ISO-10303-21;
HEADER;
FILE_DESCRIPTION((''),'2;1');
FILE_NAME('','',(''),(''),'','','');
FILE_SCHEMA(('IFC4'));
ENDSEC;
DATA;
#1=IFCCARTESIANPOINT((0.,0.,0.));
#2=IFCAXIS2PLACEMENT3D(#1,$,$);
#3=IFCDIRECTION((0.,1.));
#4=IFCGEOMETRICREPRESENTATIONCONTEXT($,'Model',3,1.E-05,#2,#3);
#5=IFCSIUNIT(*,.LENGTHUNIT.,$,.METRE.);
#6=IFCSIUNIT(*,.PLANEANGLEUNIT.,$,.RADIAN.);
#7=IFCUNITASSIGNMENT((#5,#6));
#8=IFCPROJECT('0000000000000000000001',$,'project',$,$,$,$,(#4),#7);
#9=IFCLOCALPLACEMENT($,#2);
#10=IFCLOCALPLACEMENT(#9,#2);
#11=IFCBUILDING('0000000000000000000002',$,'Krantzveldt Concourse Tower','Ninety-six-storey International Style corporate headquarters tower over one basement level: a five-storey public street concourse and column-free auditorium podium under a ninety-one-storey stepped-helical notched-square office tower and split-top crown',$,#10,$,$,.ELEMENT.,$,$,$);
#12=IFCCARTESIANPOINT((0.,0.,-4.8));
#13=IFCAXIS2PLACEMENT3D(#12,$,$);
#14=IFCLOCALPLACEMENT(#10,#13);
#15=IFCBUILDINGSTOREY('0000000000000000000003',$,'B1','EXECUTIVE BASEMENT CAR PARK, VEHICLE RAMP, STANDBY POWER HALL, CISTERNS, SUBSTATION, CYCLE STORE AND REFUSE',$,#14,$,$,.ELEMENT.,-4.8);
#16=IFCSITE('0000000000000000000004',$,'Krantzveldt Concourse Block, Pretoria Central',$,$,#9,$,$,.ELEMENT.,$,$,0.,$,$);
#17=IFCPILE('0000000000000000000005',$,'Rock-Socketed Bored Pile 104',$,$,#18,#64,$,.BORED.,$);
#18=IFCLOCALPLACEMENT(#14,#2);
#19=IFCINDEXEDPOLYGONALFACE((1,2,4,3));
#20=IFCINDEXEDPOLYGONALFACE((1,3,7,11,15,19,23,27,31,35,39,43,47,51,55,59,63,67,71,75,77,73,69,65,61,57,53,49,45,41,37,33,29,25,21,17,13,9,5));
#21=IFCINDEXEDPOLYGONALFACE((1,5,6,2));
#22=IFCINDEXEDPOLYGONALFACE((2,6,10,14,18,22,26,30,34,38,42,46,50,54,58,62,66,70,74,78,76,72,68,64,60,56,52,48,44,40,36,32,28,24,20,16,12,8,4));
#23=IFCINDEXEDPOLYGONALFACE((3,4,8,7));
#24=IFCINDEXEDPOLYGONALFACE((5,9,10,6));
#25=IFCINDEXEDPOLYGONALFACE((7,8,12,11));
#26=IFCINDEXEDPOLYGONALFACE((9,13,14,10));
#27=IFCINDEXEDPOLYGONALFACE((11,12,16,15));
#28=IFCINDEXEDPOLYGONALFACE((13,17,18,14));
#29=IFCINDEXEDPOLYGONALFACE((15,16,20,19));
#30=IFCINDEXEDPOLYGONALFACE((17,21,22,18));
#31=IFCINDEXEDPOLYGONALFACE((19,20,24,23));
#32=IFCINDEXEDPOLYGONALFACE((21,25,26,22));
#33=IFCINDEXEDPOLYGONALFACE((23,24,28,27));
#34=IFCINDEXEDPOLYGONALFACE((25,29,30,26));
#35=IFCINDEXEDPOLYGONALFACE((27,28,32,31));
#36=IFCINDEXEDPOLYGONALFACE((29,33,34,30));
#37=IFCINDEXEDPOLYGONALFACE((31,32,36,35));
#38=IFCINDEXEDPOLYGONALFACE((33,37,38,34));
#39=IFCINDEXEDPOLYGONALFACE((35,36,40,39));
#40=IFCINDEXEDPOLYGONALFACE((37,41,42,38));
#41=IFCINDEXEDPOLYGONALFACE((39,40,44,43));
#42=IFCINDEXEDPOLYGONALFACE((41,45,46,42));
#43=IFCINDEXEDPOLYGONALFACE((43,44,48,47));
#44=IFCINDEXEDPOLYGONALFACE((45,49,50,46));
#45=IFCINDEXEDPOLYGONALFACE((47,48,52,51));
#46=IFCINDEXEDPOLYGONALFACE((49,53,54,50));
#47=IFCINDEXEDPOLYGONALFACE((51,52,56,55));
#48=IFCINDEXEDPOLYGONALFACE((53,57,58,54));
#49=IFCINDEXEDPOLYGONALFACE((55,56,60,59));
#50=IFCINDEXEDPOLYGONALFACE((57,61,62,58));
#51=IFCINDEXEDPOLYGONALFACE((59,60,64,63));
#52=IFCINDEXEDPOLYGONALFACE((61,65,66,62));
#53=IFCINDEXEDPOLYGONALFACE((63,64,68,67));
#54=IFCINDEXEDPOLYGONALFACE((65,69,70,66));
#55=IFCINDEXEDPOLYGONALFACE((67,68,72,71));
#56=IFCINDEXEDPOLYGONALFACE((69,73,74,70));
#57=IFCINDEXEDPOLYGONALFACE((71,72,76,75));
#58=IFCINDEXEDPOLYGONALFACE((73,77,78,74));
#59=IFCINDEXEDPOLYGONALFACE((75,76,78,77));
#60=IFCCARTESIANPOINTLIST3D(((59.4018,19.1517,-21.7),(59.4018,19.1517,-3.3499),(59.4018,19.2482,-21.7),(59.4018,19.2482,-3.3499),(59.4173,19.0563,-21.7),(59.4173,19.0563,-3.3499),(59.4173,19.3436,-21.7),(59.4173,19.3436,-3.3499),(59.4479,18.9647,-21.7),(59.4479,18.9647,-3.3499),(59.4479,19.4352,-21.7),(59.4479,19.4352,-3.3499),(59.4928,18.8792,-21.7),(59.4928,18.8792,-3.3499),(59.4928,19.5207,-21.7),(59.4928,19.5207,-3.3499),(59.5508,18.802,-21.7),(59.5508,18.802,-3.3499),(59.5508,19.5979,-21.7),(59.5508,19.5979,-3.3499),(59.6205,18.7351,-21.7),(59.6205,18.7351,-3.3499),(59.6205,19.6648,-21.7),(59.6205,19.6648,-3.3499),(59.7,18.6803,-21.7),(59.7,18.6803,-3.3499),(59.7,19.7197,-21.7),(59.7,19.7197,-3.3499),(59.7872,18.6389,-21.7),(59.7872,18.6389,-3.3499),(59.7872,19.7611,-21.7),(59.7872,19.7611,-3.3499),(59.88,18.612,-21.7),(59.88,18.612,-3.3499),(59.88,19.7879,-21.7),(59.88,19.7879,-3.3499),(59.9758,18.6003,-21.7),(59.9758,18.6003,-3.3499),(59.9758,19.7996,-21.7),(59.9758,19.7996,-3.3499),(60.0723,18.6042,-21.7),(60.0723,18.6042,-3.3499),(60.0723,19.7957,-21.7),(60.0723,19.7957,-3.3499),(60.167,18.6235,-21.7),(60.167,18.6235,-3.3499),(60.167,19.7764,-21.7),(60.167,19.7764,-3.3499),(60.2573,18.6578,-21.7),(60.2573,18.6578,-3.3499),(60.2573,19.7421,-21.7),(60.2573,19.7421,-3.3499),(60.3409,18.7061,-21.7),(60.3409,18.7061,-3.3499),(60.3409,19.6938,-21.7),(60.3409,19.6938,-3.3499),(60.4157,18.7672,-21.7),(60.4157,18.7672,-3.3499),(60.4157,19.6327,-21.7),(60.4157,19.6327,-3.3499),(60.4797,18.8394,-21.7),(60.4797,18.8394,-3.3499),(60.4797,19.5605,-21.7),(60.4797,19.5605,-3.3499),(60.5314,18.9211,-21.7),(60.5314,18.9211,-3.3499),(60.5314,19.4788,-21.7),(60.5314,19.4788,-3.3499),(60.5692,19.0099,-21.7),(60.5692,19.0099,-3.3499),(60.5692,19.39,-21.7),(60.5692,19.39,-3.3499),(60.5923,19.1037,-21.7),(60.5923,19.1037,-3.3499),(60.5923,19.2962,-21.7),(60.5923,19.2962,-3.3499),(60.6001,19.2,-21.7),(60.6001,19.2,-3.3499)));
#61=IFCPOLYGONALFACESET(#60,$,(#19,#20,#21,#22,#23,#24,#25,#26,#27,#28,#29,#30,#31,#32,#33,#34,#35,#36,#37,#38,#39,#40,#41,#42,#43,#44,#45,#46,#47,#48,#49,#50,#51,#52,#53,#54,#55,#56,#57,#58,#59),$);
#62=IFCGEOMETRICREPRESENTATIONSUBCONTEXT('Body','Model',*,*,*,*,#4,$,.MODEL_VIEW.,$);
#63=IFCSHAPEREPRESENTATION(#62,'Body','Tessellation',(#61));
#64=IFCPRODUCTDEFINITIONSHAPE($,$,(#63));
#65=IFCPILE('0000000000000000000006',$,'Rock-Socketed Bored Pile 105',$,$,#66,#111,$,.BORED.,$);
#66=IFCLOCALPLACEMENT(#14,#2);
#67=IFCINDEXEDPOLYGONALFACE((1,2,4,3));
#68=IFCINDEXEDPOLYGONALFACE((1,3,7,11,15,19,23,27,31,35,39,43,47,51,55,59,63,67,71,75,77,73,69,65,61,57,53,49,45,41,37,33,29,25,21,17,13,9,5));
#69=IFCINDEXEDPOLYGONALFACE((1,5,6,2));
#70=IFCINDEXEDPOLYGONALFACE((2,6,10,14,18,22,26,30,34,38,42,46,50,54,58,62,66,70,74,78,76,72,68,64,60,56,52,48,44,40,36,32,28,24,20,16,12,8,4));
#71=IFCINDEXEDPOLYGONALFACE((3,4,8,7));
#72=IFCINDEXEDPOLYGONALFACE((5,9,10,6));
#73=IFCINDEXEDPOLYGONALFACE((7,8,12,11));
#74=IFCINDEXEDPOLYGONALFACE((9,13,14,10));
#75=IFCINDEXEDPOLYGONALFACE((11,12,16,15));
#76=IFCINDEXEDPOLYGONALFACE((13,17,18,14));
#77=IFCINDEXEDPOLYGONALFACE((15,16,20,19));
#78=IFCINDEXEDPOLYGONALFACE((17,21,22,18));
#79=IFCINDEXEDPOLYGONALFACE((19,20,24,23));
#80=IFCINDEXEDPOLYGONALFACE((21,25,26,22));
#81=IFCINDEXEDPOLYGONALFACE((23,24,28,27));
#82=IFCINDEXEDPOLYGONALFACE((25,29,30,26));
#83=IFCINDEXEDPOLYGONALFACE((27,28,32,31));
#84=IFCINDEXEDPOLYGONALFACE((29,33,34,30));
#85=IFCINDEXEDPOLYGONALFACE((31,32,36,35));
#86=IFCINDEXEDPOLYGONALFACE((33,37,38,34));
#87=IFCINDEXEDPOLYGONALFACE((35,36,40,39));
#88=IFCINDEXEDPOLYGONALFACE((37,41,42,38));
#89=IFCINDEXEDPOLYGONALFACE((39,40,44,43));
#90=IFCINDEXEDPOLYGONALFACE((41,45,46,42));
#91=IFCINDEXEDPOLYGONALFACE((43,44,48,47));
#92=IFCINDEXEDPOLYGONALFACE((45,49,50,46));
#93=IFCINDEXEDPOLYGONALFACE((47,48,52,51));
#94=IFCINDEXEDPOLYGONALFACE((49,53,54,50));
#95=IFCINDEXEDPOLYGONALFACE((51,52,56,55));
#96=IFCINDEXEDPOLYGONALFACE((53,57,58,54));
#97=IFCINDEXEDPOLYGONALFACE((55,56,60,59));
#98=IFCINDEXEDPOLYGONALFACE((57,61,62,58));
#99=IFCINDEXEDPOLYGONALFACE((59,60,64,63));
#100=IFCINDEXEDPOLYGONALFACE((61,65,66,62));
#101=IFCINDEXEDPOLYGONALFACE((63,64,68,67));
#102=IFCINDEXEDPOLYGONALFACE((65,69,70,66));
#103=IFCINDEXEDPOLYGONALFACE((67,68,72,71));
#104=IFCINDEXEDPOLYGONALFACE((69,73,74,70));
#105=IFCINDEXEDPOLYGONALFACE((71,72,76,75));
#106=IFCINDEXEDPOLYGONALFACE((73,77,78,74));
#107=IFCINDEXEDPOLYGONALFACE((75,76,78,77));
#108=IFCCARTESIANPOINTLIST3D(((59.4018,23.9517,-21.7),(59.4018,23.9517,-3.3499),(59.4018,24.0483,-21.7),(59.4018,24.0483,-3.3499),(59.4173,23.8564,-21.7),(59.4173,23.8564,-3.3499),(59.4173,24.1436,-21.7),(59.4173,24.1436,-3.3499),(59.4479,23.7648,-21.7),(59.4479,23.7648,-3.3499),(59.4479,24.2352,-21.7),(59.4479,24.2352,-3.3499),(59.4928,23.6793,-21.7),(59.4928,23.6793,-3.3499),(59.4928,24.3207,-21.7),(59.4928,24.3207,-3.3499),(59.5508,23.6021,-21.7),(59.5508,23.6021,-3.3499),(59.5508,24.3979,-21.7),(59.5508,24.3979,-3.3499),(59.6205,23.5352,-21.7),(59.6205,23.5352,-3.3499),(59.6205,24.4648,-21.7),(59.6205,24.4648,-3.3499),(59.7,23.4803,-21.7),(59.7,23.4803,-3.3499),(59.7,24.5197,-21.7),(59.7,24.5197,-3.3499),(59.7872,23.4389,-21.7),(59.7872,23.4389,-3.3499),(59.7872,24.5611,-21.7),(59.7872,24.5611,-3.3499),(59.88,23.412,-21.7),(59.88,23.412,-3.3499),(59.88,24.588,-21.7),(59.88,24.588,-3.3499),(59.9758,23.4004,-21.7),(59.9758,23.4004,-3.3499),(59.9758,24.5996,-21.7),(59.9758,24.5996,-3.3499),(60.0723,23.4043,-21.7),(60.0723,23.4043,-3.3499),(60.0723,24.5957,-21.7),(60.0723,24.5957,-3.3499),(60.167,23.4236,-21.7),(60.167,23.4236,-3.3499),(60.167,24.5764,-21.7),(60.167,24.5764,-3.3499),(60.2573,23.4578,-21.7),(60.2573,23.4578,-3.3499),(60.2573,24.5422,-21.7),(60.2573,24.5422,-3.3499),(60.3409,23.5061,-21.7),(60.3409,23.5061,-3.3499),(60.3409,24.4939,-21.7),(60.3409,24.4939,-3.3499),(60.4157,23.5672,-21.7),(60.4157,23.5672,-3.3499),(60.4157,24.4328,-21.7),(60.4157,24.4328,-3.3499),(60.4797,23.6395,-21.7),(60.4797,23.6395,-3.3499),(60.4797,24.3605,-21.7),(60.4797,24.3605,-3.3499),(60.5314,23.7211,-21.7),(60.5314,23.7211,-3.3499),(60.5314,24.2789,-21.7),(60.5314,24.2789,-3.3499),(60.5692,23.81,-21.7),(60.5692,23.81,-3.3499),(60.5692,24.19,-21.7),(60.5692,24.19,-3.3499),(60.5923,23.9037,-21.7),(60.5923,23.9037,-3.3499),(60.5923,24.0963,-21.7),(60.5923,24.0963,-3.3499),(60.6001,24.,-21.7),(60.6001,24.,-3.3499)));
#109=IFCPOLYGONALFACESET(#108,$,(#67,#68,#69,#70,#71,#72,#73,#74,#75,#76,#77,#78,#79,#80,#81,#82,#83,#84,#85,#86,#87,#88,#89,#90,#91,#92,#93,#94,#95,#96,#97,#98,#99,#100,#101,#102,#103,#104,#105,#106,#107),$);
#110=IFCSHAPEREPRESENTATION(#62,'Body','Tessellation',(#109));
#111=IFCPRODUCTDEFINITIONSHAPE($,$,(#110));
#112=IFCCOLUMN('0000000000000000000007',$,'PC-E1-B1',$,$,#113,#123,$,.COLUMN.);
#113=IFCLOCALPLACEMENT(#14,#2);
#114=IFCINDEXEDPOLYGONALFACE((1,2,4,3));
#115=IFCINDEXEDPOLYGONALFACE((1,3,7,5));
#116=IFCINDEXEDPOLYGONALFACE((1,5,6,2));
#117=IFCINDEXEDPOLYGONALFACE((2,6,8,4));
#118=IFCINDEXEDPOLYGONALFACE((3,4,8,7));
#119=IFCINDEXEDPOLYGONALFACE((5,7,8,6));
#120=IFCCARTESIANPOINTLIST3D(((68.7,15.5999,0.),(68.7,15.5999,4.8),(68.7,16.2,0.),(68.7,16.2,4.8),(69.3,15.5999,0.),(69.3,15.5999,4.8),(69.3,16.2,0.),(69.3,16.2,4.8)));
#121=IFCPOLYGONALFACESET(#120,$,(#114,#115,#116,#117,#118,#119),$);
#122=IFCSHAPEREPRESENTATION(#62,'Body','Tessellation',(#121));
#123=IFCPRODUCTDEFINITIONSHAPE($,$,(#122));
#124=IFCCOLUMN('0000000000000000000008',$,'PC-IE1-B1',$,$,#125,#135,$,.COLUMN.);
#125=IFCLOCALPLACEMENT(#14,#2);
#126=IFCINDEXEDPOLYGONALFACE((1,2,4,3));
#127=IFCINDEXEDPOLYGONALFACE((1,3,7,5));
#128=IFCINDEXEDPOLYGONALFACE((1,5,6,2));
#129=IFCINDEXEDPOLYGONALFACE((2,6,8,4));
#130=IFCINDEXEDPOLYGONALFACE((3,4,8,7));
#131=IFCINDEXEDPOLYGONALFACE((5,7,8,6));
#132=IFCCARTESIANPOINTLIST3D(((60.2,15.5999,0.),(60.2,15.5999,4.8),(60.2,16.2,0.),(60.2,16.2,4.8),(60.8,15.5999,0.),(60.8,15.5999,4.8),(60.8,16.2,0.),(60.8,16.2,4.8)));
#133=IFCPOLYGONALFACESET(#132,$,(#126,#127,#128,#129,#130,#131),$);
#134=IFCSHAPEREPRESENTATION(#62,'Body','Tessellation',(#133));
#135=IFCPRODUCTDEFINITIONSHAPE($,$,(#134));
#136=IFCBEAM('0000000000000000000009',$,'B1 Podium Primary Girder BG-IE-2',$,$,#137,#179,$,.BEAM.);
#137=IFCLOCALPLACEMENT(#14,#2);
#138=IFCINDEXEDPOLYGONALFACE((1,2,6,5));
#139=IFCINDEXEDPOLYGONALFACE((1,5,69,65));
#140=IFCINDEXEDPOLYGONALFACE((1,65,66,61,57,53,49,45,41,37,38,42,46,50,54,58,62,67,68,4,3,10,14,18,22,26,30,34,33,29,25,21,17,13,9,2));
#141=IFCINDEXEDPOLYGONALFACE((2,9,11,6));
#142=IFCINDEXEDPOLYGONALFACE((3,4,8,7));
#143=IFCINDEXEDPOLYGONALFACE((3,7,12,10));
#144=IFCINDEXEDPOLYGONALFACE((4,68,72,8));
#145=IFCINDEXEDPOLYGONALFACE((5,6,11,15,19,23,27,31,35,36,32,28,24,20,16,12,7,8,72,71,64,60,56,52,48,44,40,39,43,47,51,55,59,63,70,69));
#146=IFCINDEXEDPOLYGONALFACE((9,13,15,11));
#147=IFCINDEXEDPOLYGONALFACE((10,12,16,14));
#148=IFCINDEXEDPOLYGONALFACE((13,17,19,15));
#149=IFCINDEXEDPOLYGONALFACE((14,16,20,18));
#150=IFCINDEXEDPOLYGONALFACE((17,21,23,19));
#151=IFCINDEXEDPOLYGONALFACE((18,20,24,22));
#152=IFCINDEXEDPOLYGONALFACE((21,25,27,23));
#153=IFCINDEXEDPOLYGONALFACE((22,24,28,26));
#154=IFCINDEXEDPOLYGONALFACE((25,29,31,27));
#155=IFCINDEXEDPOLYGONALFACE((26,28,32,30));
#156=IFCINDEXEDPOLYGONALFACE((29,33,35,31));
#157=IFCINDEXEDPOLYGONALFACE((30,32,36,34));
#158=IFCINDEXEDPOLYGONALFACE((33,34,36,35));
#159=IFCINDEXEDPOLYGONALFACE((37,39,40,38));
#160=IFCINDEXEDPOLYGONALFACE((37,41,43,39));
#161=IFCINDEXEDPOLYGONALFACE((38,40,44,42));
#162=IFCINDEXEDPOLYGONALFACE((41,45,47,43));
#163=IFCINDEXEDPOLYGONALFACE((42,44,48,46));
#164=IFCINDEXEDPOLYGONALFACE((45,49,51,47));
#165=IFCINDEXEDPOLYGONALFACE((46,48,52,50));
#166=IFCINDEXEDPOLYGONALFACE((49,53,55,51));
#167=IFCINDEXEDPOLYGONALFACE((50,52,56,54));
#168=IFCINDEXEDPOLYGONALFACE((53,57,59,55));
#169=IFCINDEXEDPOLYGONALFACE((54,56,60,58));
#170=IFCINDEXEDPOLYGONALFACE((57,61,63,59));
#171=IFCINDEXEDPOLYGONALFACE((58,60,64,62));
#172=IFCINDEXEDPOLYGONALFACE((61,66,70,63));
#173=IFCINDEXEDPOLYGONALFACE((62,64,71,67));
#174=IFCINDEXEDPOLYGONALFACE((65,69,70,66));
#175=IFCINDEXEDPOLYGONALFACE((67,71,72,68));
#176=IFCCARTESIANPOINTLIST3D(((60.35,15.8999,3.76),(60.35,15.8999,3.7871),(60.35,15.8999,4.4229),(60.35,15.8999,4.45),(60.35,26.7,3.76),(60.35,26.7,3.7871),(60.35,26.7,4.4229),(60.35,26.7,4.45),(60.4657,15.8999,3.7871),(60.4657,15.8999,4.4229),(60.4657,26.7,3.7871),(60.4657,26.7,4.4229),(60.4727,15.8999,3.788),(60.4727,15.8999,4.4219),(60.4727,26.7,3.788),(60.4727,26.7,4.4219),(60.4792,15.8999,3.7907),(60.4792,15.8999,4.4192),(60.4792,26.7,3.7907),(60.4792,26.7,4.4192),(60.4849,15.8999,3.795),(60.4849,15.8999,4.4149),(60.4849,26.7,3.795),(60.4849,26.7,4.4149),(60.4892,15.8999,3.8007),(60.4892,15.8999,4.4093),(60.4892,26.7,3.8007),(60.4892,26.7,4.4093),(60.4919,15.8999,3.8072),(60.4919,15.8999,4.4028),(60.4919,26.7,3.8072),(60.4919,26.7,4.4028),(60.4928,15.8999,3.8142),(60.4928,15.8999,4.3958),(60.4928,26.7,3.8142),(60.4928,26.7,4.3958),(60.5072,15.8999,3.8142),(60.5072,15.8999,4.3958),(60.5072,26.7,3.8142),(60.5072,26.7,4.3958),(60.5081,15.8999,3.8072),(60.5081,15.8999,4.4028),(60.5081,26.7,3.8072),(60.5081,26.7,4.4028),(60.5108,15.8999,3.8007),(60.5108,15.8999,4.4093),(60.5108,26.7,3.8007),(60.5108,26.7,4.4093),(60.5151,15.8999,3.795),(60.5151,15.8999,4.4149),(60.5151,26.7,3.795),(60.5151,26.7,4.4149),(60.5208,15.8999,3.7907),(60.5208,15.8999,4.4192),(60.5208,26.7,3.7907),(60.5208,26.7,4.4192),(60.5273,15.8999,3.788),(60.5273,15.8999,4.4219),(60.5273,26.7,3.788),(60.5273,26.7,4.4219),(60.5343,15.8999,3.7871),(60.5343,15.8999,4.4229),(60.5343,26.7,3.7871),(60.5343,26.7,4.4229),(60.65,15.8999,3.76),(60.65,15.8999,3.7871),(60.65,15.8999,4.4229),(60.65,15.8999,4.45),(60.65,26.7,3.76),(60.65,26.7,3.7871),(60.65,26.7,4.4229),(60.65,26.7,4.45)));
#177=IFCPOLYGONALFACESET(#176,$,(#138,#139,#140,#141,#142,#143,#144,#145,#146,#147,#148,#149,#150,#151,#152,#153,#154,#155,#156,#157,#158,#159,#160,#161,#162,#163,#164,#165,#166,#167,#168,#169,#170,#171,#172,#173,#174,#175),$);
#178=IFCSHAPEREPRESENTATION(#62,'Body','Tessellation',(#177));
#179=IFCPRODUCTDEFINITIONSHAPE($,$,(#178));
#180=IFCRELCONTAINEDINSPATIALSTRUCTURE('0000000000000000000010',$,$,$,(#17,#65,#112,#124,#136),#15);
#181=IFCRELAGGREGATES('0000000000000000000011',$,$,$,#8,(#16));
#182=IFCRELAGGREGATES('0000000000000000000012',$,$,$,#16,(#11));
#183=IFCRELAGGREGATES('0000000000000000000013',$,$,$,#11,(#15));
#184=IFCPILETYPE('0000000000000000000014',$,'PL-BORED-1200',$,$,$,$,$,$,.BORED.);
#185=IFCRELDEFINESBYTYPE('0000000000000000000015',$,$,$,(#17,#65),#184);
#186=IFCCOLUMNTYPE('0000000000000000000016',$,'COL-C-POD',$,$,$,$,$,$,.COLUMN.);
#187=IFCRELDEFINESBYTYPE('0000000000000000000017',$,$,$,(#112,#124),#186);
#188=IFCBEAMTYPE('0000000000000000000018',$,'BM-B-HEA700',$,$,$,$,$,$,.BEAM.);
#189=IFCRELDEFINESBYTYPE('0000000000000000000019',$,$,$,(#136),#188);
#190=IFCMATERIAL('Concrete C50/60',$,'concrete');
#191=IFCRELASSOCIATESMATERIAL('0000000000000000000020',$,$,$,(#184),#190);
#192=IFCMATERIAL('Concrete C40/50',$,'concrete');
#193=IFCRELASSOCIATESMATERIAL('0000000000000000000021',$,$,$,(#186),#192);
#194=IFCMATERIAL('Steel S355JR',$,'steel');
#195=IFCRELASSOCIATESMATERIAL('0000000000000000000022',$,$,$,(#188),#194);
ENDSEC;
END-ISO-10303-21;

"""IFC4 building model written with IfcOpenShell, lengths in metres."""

from ifc_helpers import new_model, si_unit, direction, frame, origin, origin_2d, place, context, subcontext, project, spatial, rectangle, circle, i_section, extrude, source, transform, mapped, material, material_profile, profile_set, type_object, type_shapes, element, save


model = new_model("IFC4")

# Units and contexts
model_context = context("Model", 3, precision=1e-05, world=origin(), true_north=direction((0.0, 1.0)))
body_context = subcontext(model_context, "Body", "Model", "MODEL_VIEW")
ifc_project = project(units=[si_unit("LENGTHUNIT", "METRE"), si_unit("PLANEANGLEUNIT", "RADIAN")], contexts=[model_context])

# Site, building, storey
site_placement = place(None, origin())
site = spatial("IfcSite", under=ifc_project, at=site_placement, Name="Krantzveldt Concourse Block, Pretoria Central", CompositionType="ELEMENT", RefElevation=0.0)
building_placement = place(site_placement, origin())
building = spatial("IfcBuilding", under=site, at=building_placement, Name="Krantzveldt Concourse Tower", Description="Ninety-six-storey International Style corporate headquarters tower over one basement level: a five-storey public street concourse and column-free auditorium podium under a ninety-one-storey stepped-helical notched-square office tower and split-top crown", CompositionType="ELEMENT")
storey_placement = place(building_placement, frame((0.0, 0.0, -4.8)))
storey = spatial("IfcBuildingStorey", under=building, at=storey_placement, Name="B1", Description="EXECUTIVE BASEMENT CAR PARK, VEHICLE RAMP, STANDBY POWER HALL, CISTERNS, SUBSTATION, CYCLE STORE AND REFUSE", CompositionType="ELEMENT", Elevation=-4.8)

# Shared definitions
ifc_material_1 = material(Name="Concrete C50/60", Category="concrete")

# Piles
ifc_material_profile_1 = material_profile(ifc_material_1, circle(Radius=0.6001, at=origin_2d()), Name="Concrete C50/60", Category="concrete")
ifc_profile_set_1 = profile_set([ifc_material_profile_1], Name="Concrete C50/60 - PILE D1200")
pile_type = type_object("IfcPileType", Name="PL-BORED-1200", PredefinedType="BORED", material=ifc_profile_set_1)
shared_shape_1 = source(origin(), body_context, "Body", "SweptSolid", [
    extrude(circle(Radius=0.6001, at=origin_2d()), origin(), (0.0, 0.0, 1.0), 18.3501),
])
type_shapes(pile_type, [shared_shape_1])
for number, where, z_axis, x_axis, name in (
    (1, (60.0, 19.2, -3.3499), (0.0, 0.0, -1.0), (1.0, 0.0, 0.0), "Rock-Socketed Bored Pile 104"),
    (2, (60.0, 24.0, -3.3499), (0.0, 0.0, -1.0), (1.0, 0.0, 0.0), "Rock-Socketed Bored Pile 105"),
):
    element("IfcPile", number, at=place(storey_placement, frame(where, z_axis=z_axis, x_axis=x_axis)), inside=storey, type_object=pile_type, Name=name, PredefinedType="BORED", context=body_context, shape_type="MappedRepresentation", body=[
        mapped(shared_shape_1, transform((0.0, 0.0, 0.0), x_axis=(1.0, 0.0, 0.0), y_axis=(0.0, 1.0, 0.0), z_axis=(0.0, 0.0, 1.0), scale=1.0)),
    ])

# Columns
ifc_material_2 = material(Name="Concrete C40/50", Category="concrete")
ifc_material_profile_2 = material_profile(ifc_material_2, rectangle(XDim=0.6001, YDim=0.6001, at=origin_2d()), Name="Concrete C40/50", Category="concrete")
ifc_profile_set_2 = profile_set([ifc_material_profile_2], Name="Concrete C40/50 - RC 600x600")
column_type = type_object("IfcColumnType", Name="COL-C-POD", PredefinedType="COLUMN", material=ifc_profile_set_2)
shared_shape_2 = source(origin(), body_context, "Body", "SweptSolid", [
    extrude(rectangle(XDim=0.6001, YDim=0.6001, at=origin_2d()), origin(), (0.0, 0.0, 1.0), 4.8),
])
type_shapes(column_type, [shared_shape_2])
for number, where, z_axis, x_axis, name in (
    (3, (69.0, 15.8999, 0.0), (0.0, 0.0, 1.0), (1.0, 0.0, 0.0), "PC-E1-B1"),
    (4, (60.5, 15.8999, 0.0), (0.0, 0.0, 1.0), (1.0, 0.0, 0.0), "PC-IE1-B1"),
):
    element("IfcColumn", number, at=place(storey_placement, frame(where, z_axis=z_axis, x_axis=x_axis)), inside=storey, type_object=column_type, Name=name, PredefinedType="COLUMN", context=body_context, shape_type="MappedRepresentation", body=[
        mapped(shared_shape_2, transform((0.0, 0.0, 0.0), x_axis=(1.0, 0.0, 0.0), y_axis=(0.0, 1.0, 0.0), z_axis=(0.0, 0.0, 1.0), scale=1.0)),
    ])

# Beam
ifc_material_3 = material(Name="Steel S355JR", Category="steel")
ifc_material_profile_3 = material_profile(ifc_material_3, i_section(OverallWidth=0.3, OverallDepth=0.6899, WebThickness=0.0144, FlangeThickness=0.0271, FilletRadius=0.0271, at=origin_2d()), Name="Steel S355JR", Category="steel")
ifc_profile_set_3 = profile_set([ifc_material_profile_3], Name="Steel S355JR - HEA 700")
beam_type_1 = type_object("IfcBeamType", Name="BM-B-HEA700", PredefinedType="BEAM", material=ifc_profile_set_3)
shared_shape_3 = source(origin(), body_context, "Body", "SweptSolid", [
    extrude(i_section(OverallWidth=0.3, OverallDepth=0.6899, WebThickness=0.0144, FlangeThickness=0.0271, FilletRadius=0.0271, at=origin_2d()), origin(), (0.0, 0.0, 1.0), 10.8),
])
type_shapes(beam_type_1, [shared_shape_3])
for number, where, z_axis, x_axis, name in (
    (5, (60.5, 15.8999, 4.105), (0.0, 1.0, 0.0), (-1.0, 0.0, 0.0), "B1 Podium Primary Girder BG-IE-2"),
):
    element("IfcBeam", number, at=place(storey_placement, frame(where, z_axis=z_axis, x_axis=x_axis)), inside=storey, type_object=beam_type_1, Name=name, PredefinedType="BEAM", context=body_context, shape_type="MappedRepresentation", body=[
        mapped(shared_shape_3, transform((0.0, 0.0, 0.0), x_axis=(1.0, 0.0, 0.0), y_axis=(0.0, 1.0, 0.0), z_axis=(0.0, 0.0, 1.0), scale=1.0)),
    ])

save(model, "model.ifc")
